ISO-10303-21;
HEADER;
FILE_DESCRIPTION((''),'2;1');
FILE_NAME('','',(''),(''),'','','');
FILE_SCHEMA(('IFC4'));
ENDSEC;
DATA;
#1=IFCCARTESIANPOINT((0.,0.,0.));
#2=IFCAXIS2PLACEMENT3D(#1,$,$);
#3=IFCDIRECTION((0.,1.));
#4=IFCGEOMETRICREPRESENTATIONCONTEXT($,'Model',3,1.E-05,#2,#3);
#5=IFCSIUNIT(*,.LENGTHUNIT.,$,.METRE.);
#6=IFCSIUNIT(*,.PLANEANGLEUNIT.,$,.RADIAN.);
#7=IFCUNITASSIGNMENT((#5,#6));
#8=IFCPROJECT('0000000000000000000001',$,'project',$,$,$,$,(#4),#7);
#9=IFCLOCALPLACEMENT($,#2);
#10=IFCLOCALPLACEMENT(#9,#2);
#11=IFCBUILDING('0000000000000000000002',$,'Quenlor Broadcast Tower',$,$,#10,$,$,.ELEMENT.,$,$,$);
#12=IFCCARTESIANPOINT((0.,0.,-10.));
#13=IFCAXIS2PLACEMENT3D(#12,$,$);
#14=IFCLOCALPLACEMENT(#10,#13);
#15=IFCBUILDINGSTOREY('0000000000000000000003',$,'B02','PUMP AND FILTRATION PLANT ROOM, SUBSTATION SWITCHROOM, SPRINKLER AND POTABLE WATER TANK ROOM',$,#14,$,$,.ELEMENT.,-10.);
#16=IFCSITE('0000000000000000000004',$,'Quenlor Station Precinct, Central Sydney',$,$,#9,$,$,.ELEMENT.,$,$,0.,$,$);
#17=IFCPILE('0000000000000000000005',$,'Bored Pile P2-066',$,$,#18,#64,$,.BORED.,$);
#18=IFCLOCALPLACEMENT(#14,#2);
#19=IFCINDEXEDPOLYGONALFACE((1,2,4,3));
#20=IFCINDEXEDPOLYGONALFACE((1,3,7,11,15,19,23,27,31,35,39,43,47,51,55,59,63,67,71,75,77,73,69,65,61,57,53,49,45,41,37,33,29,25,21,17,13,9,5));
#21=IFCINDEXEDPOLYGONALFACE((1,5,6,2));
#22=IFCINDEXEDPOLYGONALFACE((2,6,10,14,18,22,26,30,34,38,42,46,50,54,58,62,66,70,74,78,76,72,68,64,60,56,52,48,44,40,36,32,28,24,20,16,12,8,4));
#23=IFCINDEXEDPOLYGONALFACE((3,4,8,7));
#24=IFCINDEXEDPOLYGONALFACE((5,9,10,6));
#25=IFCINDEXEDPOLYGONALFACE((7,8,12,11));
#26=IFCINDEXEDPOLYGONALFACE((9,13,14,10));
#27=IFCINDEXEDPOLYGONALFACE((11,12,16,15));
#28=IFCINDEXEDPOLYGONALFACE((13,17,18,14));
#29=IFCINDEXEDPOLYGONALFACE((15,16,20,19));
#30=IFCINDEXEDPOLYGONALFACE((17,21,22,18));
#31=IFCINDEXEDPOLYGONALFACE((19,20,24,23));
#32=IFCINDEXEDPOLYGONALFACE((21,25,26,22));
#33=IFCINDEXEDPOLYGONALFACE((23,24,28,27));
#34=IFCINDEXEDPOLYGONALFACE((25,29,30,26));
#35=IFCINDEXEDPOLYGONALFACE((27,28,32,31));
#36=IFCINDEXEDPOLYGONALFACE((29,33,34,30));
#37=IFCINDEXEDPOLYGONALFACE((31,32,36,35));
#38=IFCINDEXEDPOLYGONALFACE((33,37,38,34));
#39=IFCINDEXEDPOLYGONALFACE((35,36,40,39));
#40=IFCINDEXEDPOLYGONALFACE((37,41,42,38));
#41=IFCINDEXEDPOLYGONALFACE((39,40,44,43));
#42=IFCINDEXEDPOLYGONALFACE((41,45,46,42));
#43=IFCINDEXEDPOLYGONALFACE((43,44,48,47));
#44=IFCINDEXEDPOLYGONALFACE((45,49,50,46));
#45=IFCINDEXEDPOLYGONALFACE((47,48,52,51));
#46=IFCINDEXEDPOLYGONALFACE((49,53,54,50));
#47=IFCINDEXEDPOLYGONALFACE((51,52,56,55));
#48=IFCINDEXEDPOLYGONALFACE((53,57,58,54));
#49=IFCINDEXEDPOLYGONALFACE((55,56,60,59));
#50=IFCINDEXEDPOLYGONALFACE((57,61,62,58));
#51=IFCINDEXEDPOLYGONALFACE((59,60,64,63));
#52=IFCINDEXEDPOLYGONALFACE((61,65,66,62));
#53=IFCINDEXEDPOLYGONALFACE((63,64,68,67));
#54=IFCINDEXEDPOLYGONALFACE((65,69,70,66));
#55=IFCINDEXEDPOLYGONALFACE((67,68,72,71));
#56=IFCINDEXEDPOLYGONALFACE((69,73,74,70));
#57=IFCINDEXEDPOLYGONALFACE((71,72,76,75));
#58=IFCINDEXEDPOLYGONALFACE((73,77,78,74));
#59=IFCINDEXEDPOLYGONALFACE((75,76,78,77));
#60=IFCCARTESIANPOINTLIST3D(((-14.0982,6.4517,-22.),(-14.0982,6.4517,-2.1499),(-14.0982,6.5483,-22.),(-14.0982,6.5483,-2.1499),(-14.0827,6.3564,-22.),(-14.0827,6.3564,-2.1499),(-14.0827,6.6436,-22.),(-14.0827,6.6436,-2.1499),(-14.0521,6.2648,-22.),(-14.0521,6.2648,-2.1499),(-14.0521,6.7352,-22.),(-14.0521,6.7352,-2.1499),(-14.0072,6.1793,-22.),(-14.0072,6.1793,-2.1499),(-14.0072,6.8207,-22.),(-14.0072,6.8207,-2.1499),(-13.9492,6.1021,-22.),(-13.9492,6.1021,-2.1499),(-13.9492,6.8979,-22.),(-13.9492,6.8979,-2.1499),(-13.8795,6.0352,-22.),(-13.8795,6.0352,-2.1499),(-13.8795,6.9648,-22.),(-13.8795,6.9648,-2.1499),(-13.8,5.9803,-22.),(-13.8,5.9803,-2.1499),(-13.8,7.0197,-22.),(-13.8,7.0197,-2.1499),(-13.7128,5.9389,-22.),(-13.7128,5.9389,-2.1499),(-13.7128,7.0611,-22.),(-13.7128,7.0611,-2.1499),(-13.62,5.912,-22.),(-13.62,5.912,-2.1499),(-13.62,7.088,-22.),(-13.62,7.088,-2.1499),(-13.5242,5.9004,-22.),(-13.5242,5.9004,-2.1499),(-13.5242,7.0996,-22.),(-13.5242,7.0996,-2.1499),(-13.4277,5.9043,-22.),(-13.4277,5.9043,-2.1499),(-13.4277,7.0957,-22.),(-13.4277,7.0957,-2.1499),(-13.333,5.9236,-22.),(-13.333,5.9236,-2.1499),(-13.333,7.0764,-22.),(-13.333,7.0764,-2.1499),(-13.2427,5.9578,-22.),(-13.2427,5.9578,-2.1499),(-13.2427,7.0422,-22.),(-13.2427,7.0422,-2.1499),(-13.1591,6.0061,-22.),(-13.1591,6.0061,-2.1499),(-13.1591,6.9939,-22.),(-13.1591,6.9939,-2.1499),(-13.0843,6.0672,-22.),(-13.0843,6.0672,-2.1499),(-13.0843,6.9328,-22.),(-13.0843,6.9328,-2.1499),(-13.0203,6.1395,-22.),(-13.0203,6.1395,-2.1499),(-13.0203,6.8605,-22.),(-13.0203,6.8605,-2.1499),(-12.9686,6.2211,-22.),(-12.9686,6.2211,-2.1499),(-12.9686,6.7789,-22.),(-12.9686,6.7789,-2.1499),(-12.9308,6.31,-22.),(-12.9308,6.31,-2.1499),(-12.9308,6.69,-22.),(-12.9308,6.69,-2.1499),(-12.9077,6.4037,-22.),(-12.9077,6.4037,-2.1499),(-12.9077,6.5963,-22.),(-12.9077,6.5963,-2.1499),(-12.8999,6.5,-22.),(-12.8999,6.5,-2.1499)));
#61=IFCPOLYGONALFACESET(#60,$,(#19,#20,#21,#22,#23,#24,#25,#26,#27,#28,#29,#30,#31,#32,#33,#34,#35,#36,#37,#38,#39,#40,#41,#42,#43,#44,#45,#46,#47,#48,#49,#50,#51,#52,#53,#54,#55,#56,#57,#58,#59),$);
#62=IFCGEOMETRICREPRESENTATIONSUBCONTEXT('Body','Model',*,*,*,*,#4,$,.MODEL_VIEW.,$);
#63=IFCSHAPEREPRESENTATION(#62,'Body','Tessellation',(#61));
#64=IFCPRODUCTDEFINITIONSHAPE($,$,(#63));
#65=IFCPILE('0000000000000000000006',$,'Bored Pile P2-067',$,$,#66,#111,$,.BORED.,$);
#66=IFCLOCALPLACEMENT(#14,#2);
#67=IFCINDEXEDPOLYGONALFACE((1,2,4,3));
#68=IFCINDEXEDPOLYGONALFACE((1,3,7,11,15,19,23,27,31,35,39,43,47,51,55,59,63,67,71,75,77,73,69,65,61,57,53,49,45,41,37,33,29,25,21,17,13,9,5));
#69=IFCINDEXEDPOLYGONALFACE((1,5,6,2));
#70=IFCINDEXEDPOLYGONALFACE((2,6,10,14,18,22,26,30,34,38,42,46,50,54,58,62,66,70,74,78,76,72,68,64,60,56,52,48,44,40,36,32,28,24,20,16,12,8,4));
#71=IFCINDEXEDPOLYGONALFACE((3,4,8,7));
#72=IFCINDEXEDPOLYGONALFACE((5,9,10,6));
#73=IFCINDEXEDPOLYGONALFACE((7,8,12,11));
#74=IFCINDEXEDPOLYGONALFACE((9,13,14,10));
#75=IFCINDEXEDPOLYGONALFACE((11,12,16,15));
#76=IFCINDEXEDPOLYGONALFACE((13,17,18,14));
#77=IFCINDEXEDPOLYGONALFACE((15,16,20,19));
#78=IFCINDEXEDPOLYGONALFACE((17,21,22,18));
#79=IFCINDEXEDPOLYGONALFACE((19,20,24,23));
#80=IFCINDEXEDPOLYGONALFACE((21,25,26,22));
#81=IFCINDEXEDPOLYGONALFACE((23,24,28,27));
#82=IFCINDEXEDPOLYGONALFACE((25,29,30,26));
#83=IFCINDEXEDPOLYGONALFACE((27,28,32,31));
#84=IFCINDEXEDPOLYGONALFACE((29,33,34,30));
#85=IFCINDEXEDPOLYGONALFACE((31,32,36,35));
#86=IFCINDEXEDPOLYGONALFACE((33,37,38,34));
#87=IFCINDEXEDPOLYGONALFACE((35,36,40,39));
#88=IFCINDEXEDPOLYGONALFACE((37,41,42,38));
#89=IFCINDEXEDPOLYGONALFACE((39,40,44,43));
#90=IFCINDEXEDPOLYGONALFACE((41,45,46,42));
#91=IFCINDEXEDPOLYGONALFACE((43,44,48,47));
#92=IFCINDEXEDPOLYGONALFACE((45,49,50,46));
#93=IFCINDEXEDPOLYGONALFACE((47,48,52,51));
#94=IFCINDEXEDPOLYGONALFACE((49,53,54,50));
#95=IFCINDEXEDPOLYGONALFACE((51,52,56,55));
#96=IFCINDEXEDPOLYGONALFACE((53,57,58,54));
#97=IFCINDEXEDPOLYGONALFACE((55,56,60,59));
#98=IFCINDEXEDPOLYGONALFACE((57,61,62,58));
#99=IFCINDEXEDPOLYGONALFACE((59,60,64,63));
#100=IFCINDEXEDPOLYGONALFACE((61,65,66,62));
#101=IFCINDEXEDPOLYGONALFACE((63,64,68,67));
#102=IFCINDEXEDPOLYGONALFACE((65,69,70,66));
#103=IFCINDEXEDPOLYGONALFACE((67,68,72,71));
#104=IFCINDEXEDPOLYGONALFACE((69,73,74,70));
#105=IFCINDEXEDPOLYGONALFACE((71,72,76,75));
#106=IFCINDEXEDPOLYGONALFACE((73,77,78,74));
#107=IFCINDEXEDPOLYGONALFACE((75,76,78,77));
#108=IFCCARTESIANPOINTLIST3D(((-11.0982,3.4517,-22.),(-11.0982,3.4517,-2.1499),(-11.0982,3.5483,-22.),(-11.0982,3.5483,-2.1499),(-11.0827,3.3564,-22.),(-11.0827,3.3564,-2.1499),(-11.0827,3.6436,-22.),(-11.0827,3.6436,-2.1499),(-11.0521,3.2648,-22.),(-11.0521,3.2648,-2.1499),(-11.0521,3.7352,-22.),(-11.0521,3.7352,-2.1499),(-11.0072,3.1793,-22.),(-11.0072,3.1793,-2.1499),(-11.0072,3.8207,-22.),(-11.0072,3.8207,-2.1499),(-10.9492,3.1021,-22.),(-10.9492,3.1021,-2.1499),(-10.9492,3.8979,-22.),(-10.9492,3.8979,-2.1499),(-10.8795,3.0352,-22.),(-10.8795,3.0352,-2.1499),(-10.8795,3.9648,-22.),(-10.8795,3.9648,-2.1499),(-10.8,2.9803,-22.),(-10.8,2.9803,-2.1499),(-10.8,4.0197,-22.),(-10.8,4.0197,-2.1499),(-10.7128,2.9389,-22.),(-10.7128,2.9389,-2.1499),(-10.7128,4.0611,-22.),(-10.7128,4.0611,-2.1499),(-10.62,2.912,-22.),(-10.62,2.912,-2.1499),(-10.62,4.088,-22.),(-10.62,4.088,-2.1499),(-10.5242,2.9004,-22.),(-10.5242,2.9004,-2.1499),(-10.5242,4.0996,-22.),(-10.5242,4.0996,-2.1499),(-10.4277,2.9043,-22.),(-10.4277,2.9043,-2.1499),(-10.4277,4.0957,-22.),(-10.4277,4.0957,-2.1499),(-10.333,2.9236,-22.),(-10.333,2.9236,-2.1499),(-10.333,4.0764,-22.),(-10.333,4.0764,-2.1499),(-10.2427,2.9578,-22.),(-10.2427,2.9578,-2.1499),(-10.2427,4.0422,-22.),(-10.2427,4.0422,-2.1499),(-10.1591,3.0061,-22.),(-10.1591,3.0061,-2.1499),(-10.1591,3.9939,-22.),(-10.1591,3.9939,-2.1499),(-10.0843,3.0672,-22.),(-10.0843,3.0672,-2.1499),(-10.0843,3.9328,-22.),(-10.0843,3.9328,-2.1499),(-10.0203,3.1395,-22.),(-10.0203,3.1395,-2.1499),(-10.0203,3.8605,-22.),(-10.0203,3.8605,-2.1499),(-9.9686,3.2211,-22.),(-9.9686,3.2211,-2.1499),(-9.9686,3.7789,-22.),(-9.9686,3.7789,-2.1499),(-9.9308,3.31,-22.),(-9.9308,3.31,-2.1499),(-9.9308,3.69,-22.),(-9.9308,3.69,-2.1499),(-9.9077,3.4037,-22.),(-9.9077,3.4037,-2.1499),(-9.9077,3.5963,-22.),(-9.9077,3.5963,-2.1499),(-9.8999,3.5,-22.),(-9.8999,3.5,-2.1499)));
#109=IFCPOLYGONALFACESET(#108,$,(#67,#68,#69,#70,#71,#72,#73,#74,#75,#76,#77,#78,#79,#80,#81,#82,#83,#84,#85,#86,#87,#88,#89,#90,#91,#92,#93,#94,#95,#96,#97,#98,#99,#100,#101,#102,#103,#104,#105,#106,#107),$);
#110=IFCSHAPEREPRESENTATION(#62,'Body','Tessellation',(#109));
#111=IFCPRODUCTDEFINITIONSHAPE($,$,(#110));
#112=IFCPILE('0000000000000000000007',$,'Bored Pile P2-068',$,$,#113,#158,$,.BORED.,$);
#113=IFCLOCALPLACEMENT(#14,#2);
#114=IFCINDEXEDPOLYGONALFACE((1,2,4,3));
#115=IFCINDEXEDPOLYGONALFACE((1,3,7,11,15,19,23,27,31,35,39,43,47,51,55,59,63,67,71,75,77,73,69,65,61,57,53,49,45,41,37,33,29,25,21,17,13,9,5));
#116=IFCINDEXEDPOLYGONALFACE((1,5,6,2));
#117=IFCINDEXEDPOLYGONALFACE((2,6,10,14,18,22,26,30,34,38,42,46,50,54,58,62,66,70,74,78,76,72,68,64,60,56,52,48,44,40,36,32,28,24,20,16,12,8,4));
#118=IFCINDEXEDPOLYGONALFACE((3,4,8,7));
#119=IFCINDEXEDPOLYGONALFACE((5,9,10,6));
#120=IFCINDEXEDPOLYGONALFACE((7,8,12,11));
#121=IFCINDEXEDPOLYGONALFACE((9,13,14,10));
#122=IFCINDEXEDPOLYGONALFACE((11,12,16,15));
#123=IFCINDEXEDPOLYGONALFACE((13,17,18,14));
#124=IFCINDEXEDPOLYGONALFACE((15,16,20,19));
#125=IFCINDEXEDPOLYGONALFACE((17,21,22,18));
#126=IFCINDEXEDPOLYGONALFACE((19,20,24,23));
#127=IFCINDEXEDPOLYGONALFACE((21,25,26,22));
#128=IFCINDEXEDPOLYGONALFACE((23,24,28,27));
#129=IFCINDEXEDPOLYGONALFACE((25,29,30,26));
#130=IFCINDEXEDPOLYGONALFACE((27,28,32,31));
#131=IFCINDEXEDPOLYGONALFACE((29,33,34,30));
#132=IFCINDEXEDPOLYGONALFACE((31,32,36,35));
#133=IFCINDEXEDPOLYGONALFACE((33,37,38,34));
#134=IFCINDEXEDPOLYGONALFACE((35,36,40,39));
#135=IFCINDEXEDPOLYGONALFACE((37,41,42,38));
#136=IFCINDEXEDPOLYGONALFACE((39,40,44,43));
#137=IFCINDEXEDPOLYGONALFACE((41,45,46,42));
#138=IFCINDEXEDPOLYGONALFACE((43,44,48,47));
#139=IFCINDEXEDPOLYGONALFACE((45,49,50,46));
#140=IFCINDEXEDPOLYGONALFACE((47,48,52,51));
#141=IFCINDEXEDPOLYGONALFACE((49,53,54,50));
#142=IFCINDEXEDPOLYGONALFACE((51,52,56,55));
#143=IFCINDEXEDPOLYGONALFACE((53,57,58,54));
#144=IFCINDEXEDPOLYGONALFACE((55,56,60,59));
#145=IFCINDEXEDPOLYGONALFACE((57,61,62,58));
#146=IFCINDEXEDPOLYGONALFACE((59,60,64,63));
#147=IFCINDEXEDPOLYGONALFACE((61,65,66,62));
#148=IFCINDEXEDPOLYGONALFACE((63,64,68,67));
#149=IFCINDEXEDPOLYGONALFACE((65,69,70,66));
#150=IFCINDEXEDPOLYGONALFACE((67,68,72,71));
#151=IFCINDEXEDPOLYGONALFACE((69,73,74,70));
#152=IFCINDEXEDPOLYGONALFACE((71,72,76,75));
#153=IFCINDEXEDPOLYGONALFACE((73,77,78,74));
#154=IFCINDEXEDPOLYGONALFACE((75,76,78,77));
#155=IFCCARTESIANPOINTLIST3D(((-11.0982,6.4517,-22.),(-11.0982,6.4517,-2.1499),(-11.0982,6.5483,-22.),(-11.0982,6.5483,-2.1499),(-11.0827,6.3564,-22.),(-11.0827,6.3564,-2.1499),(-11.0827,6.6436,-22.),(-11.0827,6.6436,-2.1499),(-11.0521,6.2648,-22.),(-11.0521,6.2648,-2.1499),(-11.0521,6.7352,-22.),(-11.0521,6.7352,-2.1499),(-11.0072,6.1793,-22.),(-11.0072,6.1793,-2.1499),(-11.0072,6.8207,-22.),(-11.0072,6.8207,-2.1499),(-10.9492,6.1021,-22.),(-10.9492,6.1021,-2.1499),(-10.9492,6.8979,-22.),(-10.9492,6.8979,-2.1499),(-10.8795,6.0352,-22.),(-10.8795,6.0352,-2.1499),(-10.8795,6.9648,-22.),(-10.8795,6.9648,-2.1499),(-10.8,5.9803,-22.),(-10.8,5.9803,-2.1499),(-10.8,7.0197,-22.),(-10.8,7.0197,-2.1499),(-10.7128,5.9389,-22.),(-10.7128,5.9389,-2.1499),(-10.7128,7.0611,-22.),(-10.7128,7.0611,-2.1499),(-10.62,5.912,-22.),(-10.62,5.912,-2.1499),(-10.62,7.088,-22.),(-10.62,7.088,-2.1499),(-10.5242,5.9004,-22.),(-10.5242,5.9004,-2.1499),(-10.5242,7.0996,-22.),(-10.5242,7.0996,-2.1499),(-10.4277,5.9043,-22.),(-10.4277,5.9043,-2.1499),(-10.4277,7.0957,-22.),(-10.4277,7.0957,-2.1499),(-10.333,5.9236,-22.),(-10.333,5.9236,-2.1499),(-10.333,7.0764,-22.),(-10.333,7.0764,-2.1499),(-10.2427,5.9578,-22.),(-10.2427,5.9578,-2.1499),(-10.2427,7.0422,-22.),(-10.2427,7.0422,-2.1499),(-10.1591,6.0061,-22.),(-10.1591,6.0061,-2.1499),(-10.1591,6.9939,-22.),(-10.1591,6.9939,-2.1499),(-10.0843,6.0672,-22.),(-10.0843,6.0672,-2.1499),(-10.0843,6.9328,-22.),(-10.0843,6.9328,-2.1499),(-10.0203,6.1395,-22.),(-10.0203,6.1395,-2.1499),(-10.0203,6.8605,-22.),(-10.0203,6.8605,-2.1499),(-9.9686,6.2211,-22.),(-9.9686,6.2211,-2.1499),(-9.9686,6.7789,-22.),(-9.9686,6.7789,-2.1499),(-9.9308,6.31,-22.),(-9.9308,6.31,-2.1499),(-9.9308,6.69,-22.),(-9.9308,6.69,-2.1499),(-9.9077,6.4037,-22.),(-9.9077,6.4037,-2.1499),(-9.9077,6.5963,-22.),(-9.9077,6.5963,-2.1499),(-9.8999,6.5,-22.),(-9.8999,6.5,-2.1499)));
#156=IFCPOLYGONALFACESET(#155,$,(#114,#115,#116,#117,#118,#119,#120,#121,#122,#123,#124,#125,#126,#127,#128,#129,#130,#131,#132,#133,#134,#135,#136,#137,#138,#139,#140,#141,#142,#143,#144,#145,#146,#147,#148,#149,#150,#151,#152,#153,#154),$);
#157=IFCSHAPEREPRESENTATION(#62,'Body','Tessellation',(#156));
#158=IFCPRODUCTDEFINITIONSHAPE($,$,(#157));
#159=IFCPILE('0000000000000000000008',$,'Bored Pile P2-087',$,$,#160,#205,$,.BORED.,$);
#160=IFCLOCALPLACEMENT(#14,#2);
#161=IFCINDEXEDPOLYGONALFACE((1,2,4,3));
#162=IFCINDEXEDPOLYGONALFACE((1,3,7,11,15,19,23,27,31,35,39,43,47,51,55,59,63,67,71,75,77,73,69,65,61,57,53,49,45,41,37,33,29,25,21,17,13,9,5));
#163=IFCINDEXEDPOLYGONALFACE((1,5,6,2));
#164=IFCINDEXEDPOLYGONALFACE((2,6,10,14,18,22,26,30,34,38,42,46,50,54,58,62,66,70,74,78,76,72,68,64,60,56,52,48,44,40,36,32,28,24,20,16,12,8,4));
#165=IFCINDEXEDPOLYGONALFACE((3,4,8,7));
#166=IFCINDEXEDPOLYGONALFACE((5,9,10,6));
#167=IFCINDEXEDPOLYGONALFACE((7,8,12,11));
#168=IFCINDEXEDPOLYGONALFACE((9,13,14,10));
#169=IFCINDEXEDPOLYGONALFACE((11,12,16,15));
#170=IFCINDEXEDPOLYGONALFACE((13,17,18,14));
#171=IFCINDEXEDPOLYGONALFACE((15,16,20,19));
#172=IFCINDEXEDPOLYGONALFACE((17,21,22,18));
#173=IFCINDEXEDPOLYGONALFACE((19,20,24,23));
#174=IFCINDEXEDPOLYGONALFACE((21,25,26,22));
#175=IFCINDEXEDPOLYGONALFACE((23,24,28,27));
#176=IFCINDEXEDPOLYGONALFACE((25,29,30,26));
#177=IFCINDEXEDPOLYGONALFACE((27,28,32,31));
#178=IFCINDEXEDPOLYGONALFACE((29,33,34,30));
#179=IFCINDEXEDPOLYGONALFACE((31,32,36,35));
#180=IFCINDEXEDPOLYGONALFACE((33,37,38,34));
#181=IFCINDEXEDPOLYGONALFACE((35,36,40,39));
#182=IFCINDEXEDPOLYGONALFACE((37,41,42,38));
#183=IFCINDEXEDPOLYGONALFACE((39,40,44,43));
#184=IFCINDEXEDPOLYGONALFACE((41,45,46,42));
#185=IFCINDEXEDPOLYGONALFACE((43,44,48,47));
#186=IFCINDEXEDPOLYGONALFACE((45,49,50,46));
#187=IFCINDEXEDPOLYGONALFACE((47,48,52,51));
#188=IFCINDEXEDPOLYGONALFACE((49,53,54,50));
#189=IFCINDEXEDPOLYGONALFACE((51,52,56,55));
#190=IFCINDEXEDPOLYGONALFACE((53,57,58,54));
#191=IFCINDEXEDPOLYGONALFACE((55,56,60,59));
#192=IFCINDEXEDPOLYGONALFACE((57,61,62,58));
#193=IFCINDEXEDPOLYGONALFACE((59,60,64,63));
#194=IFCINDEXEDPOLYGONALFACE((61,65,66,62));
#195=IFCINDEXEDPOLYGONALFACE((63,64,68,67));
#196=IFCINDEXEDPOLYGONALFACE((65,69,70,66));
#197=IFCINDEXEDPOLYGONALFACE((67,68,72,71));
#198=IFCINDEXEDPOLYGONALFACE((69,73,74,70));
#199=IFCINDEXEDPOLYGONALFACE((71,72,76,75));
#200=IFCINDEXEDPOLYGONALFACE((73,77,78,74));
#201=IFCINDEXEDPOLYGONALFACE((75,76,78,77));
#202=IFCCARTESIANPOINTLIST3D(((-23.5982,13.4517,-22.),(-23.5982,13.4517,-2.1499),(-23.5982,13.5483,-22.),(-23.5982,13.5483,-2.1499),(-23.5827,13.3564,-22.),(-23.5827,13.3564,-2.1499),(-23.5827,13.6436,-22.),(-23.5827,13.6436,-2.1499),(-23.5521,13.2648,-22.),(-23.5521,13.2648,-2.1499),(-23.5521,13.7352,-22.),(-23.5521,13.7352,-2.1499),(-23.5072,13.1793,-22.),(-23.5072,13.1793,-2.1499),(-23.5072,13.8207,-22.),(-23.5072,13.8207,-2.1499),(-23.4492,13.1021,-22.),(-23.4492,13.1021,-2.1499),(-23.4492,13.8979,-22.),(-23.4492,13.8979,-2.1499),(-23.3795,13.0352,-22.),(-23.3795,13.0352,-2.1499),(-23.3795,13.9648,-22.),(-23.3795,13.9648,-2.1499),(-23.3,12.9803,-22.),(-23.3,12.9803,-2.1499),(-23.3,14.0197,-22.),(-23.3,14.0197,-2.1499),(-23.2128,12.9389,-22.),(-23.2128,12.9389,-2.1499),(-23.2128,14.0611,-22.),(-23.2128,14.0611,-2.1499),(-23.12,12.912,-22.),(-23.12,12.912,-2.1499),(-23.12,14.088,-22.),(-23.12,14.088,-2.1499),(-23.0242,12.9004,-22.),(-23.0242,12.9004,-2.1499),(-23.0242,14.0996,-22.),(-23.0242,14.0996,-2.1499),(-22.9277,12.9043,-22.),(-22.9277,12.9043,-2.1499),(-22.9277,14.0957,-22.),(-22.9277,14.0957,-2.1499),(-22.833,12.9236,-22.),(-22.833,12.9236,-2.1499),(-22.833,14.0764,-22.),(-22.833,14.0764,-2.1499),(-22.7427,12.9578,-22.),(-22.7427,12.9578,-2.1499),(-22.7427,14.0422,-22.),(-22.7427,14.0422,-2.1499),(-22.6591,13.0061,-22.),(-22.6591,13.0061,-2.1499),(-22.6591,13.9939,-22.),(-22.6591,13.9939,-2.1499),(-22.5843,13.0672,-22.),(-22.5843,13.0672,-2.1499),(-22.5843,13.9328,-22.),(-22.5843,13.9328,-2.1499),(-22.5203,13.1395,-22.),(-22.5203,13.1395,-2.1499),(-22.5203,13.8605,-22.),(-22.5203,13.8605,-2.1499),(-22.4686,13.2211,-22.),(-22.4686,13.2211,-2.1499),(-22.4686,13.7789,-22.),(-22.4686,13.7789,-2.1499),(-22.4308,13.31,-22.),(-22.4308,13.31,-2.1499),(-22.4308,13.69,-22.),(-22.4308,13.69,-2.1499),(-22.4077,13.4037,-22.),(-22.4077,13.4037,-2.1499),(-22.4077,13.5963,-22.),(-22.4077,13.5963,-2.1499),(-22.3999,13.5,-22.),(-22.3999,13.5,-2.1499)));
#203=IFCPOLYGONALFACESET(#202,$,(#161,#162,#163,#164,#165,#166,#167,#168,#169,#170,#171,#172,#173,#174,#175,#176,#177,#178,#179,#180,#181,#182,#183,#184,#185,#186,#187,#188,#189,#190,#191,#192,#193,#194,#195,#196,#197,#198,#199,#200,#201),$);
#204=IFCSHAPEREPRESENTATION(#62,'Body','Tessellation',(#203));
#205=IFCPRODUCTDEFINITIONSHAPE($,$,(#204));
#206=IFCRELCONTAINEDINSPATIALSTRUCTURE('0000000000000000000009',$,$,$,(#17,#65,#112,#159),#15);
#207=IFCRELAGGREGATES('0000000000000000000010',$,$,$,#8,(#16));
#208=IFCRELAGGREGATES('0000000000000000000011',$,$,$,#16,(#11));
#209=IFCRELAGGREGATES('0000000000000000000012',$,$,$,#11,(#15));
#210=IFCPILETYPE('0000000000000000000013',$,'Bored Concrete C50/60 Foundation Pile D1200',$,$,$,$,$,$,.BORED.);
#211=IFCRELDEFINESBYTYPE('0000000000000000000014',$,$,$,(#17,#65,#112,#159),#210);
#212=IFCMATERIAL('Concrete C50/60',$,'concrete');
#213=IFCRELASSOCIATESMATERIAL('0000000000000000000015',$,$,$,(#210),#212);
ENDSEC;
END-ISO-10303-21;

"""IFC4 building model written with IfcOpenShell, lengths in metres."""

from ifc_helpers import new_model, si_unit, direction, frame, origin, origin_2d, place, context, subcontext, project, spatial, circle, extrude, material, material_profile, profile_set, type_object, element, save


model = new_model("IFC4")

# Units and contexts
model_context = context("Model", 3, precision=1e-05, world=origin(), true_north=direction((0.0, 1.0)))
body_context = subcontext(model_context, "Body", "Model", "MODEL_VIEW")
ifc_project = project(units=[si_unit("LENGTHUNIT", "METRE"), si_unit("PLANEANGLEUNIT", "RADIAN")], contexts=[model_context])

# Site, building, storey
site_placement = place(None, origin())
site = spatial("IfcSite", under=ifc_project, at=site_placement, Name="Quenlor Station Precinct, Central Sydney", CompositionType="ELEMENT", RefElevation=0.0)
building_placement = place(site_placement, origin())
building = spatial("IfcBuilding", under=site, at=building_placement, Name="Quenlor Broadcast Tower", CompositionType="ELEMENT")
storey_placement = place(building_placement, frame((0.0, 0.0, -10.0)))
storey = spatial("IfcBuildingStorey", under=building, at=storey_placement, Name="B02", Description="PUMP AND FILTRATION PLANT ROOM, SUBSTATION SWITCHROOM, SPRINKLER AND POTABLE WATER TANK ROOM", CompositionType="ELEMENT", Elevation=-10.0)

# Piles
ifc_material_1 = material(Name="Concrete C50/60", Category="concrete")
ifc_material_profile_1 = material_profile(ifc_material_1, circle(Radius=0.6001, at=origin_2d()))
ifc_profile_set_1 = profile_set([ifc_material_profile_1], Name="Concrete C50/60 PILE1200")
pile_type = type_object("IfcPileType", Name="Bored Concrete C50/60 Foundation Pile D1200", PredefinedType="BORED", material=ifc_profile_set_1)
for number, where, z_axis, x_axis, name in (
    (1, (-13.5, 6.5, -2.1499), (0.0, 0.0, -1.0), (1.0, 0.0, 0.0), "Bored Pile P2-066"),
    (2, (-10.5, 3.5, -2.1499), (0.0, 0.0, -1.0), (1.0, 0.0, 0.0), "Bored Pile P2-067"),
    (3, (-10.5, 6.5, -2.1499), (0.0, 0.0, -1.0), (1.0, 0.0, 0.0), "Bored Pile P2-068"),
    (4, (-23.0, 13.5, -2.1499), (0.0, 0.0, -1.0), (1.0, 0.0, 0.0), "Bored Pile P2-087"),
):
    element("IfcPile", number, at=place(storey_placement, frame(where, z_axis=z_axis, x_axis=x_axis)), inside=storey, type_object=pile_type, Name=name, PredefinedType="BORED", context=body_context, shape_type="SweptSolid", body=[
        extrude(circle(Radius=0.6001, at=origin_2d()), origin(), (0.0, 0.0, 1.0), 19.8501),
    ])

save(model, "model.ifc")
